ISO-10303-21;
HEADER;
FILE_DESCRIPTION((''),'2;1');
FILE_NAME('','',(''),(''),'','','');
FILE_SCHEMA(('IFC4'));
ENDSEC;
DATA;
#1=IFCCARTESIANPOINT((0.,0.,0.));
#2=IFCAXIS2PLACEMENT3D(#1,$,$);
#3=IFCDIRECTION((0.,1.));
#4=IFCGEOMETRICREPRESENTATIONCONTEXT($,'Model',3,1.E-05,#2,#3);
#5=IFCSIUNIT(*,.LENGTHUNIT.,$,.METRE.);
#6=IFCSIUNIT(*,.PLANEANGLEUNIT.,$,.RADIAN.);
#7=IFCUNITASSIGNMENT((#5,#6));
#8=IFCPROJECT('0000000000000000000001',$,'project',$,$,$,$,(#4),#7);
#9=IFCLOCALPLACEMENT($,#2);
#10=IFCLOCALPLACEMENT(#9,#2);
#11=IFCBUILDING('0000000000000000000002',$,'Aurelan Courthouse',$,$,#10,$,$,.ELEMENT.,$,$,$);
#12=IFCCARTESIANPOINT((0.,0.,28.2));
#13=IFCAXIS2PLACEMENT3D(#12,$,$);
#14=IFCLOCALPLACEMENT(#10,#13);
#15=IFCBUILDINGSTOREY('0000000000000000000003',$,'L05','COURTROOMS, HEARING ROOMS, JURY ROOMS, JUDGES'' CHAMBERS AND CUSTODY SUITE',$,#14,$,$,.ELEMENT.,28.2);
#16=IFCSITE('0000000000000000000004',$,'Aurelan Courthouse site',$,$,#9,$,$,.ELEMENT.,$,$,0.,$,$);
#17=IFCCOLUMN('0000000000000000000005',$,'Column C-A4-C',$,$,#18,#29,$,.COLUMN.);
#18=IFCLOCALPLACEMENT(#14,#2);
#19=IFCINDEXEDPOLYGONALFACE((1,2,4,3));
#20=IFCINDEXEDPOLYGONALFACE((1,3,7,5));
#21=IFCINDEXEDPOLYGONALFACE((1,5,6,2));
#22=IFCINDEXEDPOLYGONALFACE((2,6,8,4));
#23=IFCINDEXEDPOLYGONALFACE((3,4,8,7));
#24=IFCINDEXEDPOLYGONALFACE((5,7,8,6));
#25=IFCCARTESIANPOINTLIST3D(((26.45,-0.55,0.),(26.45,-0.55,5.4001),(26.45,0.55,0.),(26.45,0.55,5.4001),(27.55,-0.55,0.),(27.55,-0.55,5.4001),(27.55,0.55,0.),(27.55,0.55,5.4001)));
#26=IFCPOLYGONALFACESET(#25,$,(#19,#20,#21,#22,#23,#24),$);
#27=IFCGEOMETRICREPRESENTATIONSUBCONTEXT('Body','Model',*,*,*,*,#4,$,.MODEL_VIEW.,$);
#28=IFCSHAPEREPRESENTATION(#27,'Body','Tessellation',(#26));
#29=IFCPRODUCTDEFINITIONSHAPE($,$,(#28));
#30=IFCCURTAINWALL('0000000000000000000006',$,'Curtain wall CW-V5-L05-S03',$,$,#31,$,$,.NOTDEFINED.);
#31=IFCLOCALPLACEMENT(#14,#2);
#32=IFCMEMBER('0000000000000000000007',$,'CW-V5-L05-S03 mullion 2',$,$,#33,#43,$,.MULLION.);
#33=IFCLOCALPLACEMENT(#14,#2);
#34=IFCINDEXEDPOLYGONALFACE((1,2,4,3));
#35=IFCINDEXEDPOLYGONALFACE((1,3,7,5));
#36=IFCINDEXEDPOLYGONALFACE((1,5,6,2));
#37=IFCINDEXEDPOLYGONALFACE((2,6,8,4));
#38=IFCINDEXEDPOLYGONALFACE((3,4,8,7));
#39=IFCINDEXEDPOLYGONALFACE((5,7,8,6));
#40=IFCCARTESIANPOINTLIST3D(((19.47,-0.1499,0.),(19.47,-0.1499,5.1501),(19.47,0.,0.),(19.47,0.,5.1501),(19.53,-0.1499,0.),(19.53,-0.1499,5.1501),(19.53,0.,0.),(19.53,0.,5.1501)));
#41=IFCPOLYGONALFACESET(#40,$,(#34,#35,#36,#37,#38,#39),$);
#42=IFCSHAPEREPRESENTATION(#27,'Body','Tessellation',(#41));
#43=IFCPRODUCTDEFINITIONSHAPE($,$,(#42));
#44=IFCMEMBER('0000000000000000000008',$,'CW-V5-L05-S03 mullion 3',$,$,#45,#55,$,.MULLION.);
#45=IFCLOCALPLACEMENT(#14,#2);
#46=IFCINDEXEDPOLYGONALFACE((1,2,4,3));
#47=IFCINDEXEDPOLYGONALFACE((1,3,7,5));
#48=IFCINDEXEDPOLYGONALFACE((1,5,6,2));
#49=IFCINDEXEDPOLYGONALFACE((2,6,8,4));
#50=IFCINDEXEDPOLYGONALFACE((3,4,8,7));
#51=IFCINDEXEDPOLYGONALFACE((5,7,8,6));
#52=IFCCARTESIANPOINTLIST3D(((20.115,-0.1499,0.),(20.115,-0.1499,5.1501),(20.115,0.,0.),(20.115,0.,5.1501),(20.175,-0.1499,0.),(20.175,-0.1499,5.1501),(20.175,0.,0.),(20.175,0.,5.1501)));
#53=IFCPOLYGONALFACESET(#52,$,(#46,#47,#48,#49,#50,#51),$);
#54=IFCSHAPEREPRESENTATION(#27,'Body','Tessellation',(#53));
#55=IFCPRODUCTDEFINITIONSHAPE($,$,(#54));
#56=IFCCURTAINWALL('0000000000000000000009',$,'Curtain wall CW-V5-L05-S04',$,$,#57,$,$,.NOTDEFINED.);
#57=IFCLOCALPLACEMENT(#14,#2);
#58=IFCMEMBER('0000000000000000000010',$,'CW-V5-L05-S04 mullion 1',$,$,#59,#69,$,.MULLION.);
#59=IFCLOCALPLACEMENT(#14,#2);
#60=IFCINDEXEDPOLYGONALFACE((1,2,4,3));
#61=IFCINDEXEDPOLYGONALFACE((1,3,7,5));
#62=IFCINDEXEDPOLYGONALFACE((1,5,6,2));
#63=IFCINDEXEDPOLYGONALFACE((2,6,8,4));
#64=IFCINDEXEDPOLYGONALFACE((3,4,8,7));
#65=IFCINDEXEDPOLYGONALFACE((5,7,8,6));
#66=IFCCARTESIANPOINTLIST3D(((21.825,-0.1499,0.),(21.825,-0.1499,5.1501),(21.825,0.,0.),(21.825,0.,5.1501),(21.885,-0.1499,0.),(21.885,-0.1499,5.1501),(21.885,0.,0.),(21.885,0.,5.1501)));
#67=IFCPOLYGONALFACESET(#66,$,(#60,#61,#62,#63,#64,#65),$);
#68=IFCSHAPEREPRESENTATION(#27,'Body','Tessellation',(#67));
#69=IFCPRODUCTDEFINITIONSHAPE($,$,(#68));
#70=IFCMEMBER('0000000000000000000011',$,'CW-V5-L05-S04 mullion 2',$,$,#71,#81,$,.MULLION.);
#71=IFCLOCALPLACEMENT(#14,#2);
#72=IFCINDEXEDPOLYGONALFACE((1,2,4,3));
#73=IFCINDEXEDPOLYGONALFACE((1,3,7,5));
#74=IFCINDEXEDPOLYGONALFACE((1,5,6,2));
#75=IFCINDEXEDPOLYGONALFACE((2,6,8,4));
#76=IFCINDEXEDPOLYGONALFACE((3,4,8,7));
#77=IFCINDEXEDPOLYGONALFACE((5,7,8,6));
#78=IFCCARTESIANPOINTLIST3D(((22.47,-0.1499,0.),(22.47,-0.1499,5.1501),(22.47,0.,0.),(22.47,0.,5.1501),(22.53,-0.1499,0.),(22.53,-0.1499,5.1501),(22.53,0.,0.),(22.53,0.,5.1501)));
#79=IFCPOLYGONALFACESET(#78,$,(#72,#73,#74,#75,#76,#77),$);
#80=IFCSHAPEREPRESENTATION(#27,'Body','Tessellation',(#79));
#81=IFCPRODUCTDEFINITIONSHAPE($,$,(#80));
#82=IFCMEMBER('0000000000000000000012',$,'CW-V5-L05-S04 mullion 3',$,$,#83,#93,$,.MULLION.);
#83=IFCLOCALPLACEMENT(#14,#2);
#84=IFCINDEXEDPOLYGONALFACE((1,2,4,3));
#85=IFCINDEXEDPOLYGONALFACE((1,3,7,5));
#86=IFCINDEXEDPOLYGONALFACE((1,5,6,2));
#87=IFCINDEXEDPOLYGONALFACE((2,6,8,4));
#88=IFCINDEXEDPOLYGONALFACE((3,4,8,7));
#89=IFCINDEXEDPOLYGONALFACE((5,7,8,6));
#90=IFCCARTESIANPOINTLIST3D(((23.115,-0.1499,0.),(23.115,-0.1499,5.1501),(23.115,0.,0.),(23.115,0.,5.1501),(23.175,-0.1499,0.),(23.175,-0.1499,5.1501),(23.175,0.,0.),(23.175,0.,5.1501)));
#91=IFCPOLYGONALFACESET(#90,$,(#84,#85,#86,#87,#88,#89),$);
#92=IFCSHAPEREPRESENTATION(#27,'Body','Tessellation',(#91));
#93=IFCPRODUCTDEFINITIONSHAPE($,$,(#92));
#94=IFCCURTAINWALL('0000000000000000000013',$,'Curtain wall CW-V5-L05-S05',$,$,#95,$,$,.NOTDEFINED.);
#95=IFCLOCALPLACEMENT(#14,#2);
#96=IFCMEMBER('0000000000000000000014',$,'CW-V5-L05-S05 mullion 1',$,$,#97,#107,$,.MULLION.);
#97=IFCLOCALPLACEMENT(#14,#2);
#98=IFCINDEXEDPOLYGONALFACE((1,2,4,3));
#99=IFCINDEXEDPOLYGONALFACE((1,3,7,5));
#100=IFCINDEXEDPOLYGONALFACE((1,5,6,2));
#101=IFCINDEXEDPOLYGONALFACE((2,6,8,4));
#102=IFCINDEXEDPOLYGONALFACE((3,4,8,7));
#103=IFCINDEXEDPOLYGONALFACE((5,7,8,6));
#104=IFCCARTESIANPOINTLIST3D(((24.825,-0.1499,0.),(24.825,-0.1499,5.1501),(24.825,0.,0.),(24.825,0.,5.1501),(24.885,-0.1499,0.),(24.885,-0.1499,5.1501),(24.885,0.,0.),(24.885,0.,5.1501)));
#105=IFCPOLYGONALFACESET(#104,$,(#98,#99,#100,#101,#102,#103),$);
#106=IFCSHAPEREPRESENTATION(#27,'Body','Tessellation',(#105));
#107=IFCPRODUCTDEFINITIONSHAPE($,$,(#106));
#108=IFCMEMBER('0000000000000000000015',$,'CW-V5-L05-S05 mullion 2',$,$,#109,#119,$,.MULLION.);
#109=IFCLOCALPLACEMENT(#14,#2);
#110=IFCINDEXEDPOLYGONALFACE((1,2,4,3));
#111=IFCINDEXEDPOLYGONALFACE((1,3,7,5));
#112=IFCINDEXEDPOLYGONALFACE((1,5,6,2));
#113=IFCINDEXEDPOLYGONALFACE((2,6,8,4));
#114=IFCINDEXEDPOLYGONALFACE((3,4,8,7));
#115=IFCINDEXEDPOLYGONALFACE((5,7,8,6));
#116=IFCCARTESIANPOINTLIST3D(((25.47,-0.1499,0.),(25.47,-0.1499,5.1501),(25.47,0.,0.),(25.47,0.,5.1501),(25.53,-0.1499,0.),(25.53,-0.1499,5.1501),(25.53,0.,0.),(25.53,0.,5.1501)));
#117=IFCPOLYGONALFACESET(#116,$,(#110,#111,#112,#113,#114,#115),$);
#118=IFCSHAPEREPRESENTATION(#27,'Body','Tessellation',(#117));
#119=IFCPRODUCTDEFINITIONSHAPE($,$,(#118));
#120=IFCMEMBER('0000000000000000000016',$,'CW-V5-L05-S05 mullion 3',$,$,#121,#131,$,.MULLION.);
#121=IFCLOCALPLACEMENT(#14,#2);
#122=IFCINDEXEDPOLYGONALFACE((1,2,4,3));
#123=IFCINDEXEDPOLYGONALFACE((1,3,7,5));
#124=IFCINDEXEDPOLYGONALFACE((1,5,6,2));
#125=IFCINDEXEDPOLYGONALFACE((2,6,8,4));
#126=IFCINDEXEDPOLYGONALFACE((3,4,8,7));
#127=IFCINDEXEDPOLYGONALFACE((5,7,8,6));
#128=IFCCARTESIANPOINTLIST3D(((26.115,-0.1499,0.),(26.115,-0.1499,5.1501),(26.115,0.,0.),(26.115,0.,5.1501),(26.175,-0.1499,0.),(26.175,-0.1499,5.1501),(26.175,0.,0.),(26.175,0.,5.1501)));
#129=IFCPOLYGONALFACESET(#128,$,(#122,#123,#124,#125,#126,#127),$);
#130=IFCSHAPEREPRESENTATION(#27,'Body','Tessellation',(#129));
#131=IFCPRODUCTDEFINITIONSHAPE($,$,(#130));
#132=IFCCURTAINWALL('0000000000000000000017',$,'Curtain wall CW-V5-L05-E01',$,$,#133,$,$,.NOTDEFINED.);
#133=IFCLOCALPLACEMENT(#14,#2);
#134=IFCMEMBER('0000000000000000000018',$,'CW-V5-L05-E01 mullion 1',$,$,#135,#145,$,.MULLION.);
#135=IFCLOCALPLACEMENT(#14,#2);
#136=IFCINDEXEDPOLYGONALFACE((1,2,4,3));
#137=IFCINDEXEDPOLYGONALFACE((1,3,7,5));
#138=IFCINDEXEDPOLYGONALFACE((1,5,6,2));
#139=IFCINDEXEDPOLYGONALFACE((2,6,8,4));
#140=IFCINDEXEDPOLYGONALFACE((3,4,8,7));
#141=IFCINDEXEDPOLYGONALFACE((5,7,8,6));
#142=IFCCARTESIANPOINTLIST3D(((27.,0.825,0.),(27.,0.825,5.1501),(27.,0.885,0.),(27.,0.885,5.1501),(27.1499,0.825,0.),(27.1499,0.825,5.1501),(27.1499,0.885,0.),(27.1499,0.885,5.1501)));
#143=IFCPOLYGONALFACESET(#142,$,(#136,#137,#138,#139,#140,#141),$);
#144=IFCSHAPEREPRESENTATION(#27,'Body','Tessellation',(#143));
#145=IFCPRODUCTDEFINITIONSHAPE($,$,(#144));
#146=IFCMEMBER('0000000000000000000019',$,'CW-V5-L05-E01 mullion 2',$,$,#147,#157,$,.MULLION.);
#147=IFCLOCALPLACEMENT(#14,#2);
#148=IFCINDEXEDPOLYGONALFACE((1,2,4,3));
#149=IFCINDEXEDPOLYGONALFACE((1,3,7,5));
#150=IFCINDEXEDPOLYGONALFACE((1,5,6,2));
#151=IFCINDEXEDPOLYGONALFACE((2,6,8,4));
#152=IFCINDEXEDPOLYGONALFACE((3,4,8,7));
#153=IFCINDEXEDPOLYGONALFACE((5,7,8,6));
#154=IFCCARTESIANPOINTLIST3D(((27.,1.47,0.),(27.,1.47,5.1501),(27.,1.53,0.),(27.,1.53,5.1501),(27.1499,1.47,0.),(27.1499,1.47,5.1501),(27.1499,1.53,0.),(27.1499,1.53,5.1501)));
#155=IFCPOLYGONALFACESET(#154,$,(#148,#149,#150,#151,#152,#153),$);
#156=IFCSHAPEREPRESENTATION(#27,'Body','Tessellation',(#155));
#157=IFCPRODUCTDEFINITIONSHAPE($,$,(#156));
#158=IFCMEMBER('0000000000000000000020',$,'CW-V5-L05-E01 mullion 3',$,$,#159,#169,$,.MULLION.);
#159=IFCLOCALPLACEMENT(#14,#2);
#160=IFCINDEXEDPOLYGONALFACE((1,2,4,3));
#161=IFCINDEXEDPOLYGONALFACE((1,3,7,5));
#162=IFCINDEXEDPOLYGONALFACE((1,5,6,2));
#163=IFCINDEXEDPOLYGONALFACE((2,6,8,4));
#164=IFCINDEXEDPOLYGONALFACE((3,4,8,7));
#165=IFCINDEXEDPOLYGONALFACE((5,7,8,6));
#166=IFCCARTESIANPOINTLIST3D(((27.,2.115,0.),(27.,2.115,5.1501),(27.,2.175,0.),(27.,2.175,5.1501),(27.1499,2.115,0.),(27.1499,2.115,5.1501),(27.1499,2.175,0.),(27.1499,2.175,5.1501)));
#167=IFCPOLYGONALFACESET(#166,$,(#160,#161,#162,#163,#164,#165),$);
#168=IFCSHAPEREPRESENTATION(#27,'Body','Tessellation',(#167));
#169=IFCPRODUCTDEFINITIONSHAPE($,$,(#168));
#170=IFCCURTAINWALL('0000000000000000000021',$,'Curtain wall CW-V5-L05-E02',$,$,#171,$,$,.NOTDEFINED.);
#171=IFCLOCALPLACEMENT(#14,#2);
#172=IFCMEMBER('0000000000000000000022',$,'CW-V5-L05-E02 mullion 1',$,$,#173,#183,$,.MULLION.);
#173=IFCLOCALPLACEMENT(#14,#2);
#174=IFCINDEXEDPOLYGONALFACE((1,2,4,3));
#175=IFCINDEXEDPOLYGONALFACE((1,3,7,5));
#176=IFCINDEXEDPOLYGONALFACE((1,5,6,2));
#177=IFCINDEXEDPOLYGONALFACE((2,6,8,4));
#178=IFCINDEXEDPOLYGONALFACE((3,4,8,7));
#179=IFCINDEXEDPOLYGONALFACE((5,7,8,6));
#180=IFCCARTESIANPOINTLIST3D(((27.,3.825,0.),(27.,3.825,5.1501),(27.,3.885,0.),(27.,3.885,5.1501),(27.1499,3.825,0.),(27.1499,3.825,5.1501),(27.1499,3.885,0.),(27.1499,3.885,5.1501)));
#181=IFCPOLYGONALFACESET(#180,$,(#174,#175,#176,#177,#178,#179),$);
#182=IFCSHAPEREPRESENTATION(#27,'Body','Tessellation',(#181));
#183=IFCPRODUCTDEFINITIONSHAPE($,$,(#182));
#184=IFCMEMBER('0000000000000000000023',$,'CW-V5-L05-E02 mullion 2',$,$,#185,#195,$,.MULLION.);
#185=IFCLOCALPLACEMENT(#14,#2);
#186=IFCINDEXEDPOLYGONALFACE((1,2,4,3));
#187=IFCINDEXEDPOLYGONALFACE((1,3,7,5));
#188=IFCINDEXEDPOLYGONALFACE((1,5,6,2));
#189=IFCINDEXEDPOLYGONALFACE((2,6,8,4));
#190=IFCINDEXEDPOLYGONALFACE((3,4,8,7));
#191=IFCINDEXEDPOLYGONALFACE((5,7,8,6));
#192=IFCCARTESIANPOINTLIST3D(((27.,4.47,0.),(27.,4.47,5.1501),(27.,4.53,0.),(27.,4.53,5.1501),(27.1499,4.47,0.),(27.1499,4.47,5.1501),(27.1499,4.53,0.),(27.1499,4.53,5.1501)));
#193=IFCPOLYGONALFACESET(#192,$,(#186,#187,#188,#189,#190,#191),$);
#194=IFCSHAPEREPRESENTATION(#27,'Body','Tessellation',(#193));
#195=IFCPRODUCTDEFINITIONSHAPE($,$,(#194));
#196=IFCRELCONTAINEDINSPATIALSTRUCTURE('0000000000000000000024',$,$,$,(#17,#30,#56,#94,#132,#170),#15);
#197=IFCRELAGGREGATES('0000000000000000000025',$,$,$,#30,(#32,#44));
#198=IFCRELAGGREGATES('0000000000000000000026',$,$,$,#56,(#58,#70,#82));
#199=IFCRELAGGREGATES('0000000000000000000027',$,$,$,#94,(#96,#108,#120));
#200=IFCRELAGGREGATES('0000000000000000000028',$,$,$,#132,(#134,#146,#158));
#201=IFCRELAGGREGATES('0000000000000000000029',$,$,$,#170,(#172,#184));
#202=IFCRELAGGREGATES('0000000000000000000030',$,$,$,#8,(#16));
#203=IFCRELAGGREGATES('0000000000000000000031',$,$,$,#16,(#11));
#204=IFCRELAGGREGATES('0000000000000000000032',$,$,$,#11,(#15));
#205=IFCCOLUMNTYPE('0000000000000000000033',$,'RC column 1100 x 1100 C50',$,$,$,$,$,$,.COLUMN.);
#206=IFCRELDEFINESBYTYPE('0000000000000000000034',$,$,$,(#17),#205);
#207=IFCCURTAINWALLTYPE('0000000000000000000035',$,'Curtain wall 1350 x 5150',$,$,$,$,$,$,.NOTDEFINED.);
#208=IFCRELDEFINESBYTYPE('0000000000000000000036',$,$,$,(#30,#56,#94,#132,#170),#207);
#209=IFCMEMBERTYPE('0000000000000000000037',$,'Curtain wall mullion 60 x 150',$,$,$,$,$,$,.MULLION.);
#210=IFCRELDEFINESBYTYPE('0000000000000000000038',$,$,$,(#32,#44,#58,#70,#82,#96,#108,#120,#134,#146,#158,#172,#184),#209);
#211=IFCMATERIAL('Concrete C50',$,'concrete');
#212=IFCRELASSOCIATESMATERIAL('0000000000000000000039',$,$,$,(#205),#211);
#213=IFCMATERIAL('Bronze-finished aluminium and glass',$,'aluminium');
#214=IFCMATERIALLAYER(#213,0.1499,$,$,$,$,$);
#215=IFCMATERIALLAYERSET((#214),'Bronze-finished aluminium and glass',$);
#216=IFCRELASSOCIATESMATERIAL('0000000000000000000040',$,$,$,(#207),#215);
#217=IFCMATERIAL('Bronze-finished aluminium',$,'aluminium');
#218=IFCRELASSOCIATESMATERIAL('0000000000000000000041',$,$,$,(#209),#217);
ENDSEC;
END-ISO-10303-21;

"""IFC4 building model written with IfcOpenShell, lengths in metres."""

from ifc_helpers import new_model, si_unit, direction, frame, origin, origin_2d, place, context, subcontext, project, spatial, rectangle, extrude, material, layer, layer_set, material_profile, profile_set, type_object, element, aggregate, save


model = new_model("IFC4")

# Units and contexts
model_context = context("Model", 3, precision=1e-05, world=origin(), true_north=direction((0.0, 1.0)))
body_context = subcontext(model_context, "Body", "Model", "MODEL_VIEW")
ifc_project = project(units=[si_unit("LENGTHUNIT", "METRE"), si_unit("PLANEANGLEUNIT", "RADIAN")], contexts=[model_context])

# Site, building, storey
site_placement = place(None, origin())
site = spatial("IfcSite", under=ifc_project, at=site_placement, Name="Aurelan Courthouse site", CompositionType="ELEMENT", RefElevation=0.0)
building_placement = place(site_placement, origin())
building = spatial("IfcBuilding", under=site, at=building_placement, Name="Aurelan Courthouse", CompositionType="ELEMENT")
storey_placement = place(building_placement, frame((0.0, 0.0, 28.2)))
storey = spatial("IfcBuildingStorey", under=building, at=storey_placement, Name="L05", Description="COURTROOMS, HEARING ROOMS, JURY ROOMS, JUDGES' CHAMBERS AND CUSTODY SUITE", CompositionType="ELEMENT", Elevation=28.2)

# Column
ifc_material_1 = material(Name="Concrete C50", Category="concrete")
ifc_material_profile_1 = material_profile(ifc_material_1, rectangle(XDim=1.1001, YDim=1.1001, at=origin_2d()), Name="RC 1100 x 1100")
ifc_profile_set_1 = profile_set([ifc_material_profile_1], Name="Concrete C50")
column_type = type_object("IfcColumnType", Name="RC column 1100 x 1100 C50", PredefinedType="COLUMN", material=ifc_profile_set_1)
column_placement = place(storey_placement, frame((27.0, 0.0, 0.0), z_axis=(0.0, 0.0, 1.0), x_axis=(1.0, 0.0, 0.0)))
element("IfcColumn", 1, at=column_placement, inside=storey, type_object=column_type, Name="Column C-A4-C", PredefinedType="COLUMN", context=body_context, shape_type="SweptSolid", body=[
    extrude(rectangle(XDim=1.1001, YDim=1.1001, at=origin_2d()), origin(), (0.0, 0.0, 1.0), 5.4001),
])

# Curtain walls, members
ifc_material_2 = material(Name="Bronze-finished aluminium and glass", Category="aluminium")
ifc_layer_1 = layer(ifc_material_2, 0.1499)
ifc_layer_set_1 = layer_set([ifc_layer_1], Name="Bronze-finished aluminium and glass")
curtain_wall_type = type_object("IfcCurtainWallType", Name="Curtain wall 1350 x 5150", PredefinedType="NOTDEFINED", material=ifc_layer_set_1)
curtain_wall_1_placement = place(storey_placement, origin())
curtain_wall_1 = element("IfcCurtainWall", 2, at=curtain_wall_1_placement, inside=storey, type_object=curtain_wall_type, Name="Curtain wall CW-V5-L05-S03", PredefinedType="NOTDEFINED")
ifc_material_3 = material(Name="Bronze-finished aluminium", Category="aluminium")
ifc_material_profile_2 = material_profile(ifc_material_3, rectangle(XDim=0.1499, YDim=0.0601, at=origin_2d()), Name="Bronze mullion 60 x 150")
ifc_profile_set_2 = profile_set([ifc_material_profile_2], Name="Bronze-finished aluminium")
member_type = type_object("IfcMemberType", Name="Curtain wall mullion 60 x 150", PredefinedType="MULLION", material=ifc_profile_set_2)
member_1_placement = place(storey_placement, frame((19.5, -0.075, 0.0), z_axis=(0.0, 0.0, 1.0), x_axis=(0.0, 1.0, 0.0)))
member_1 = element("IfcMember", 3, at=member_1_placement, type_object=member_type, Name="CW-V5-L05-S03 mullion 2", PredefinedType="MULLION", context=body_context, shape_type="SweptSolid", body=[
    extrude(rectangle(XDim=0.1499, YDim=0.0601, at=origin_2d()), origin(), (0.0, 0.0, 1.0), 5.1501),
])
member_2_placement = place(storey_placement, frame((20.145, -0.075, 0.0), z_axis=(0.0, 0.0, 1.0), x_axis=(0.0, 1.0, 0.0)))
member_2 = element("IfcMember", 4, at=member_2_placement, type_object=member_type, Name="CW-V5-L05-S03 mullion 3", PredefinedType="MULLION", context=body_context, shape_type="SweptSolid", body=[
    extrude(rectangle(XDim=0.1499, YDim=0.0601, at=origin_2d()), origin(), (0.0, 0.0, 1.0), 5.1501),
])
aggregate(curtain_wall_1, [member_1, member_2])
curtain_wall_2_placement = place(storey_placement, origin())
curtain_wall_2 = element("IfcCurtainWall", 5, at=curtain_wall_2_placement, inside=storey, type_object=curtain_wall_type, Name="Curtain wall CW-V5-L05-S04", PredefinedType="NOTDEFINED")
member_3_placement = place(storey_placement, frame((21.855, -0.075, 0.0), z_axis=(0.0, 0.0, 1.0), x_axis=(0.0, 1.0, 0.0)))
member_3 = element("IfcMember", 6, at=member_3_placement, type_object=member_type, Name="CW-V5-L05-S04 mullion 1", PredefinedType="MULLION", context=body_context, shape_type="SweptSolid", body=[
    extrude(rectangle(XDim=0.1499, YDim=0.0601, at=origin_2d()), origin(), (0.0, 0.0, 1.0), 5.1501),
])
member_4_placement = place(storey_placement, frame((22.5, -0.075, 0.0), z_axis=(0.0, 0.0, 1.0), x_axis=(0.0, 1.0, 0.0)))
member_4 = element("IfcMember", 7, at=member_4_placement, type_object=member_type, Name="CW-V5-L05-S04 mullion 2", PredefinedType="MULLION", context=body_context, shape_type="SweptSolid", body=[
    extrude(rectangle(XDim=0.1499, YDim=0.0601, at=origin_2d()), origin(), (0.0, 0.0, 1.0), 5.1501),
])
member_5_placement = place(storey_placement, frame((23.145, -0.075, 0.0), z_axis=(0.0, 0.0, 1.0), x_axis=(0.0, 1.0, 0.0)))
member_5 = element("IfcMember", 8, at=member_5_placement, type_object=member_type, Name="CW-V5-L05-S04 mullion 3", PredefinedType="MULLION", context=body_context, shape_type="SweptSolid", body=[
    extrude(rectangle(XDim=0.1499, YDim=0.0601, at=origin_2d()), origin(), (0.0, 0.0, 1.0), 5.1501),
])
aggregate(curtain_wall_2, [member_3, member_4, member_5])
curtain_wall_3_placement = place(storey_placement, origin())
curtain_wall_3 = element("IfcCurtainWall", 9, at=curtain_wall_3_placement, inside=storey, type_object=curtain_wall_type, Name="Curtain wall CW-V5-L05-S05", PredefinedType="NOTDEFINED")
member_6_placement = place(storey_placement, frame((24.855, -0.075, 0.0), z_axis=(0.0, 0.0, 1.0), x_axis=(0.0, 1.0, 0.0)))
member_6 = element("IfcMember", 10, at=member_6_placement, type_object=member_type, Name="CW-V5-L05-S05 mullion 1", PredefinedType="MULLION", context=body_context, shape_type="SweptSolid", body=[
    extrude(rectangle(XDim=0.1499, YDim=0.0601, at=origin_2d()), origin(), (0.0, 0.0, 1.0), 5.1501),
])
member_7_placement = place(storey_placement, frame((25.5, -0.075, 0.0), z_axis=(0.0, 0.0, 1.0), x_axis=(0.0, 1.0, 0.0)))
member_7 = element("IfcMember", 11, at=member_7_placement, type_object=member_type, Name="CW-V5-L05-S05 mullion 2", PredefinedType="MULLION", context=body_context, shape_type="SweptSolid", body=[
    extrude(rectangle(XDim=0.1499, YDim=0.0601, at=origin_2d()), origin(), (0.0, 0.0, 1.0), 5.1501),
])
member_8_placement = place(storey_placement, frame((26.145, -0.075, 0.0), z_axis=(0.0, 0.0, 1.0), x_axis=(0.0, 1.0, 0.0)))
member_8 = element("IfcMember", 12, at=member_8_placement, type_object=member_type, Name="CW-V5-L05-S05 mullion 3", PredefinedType="MULLION", context=body_context, shape_type="SweptSolid", body=[
    extrude(rectangle(XDim=0.1499, YDim=0.0601, at=origin_2d()), origin(), (0.0, 0.0, 1.0), 5.1501),
])
aggregate(curtain_wall_3, [member_6, member_7, member_8])
curtain_wall_4_placement = place(storey_placement, origin())
curtain_wall_4 = element("IfcCurtainWall", 13, at=curtain_wall_4_placement, inside=storey, type_object=curtain_wall_type, Name="Curtain wall CW-V5-L05-E01", PredefinedType="NOTDEFINED")
member_9_placement = place(storey_placement, frame((27.075, 0.855, 0.0), z_axis=(0.0, 0.0, 1.0), x_axis=(-1.0, 0.0, 0.0)))
member_9 = element("IfcMember", 14, at=member_9_placement, type_object=member_type, Name="CW-V5-L05-E01 mullion 1", PredefinedType="MULLION", context=body_context, shape_type="SweptSolid", body=[
    extrude(rectangle(XDim=0.1499, YDim=0.0601, at=origin_2d()), origin(), (0.0, 0.0, 1.0), 5.1501),
])
member_10_placement = place(storey_placement, frame((27.075, 1.5, 0.0), z_axis=(0.0, 0.0, 1.0), x_axis=(-1.0, 0.0, 0.0)))
member_10 = element("IfcMember", 15, at=member_10_placement, type_object=member_type, Name="CW-V5-L05-E01 mullion 2", PredefinedType="MULLION", context=body_context, shape_type="SweptSolid", body=[
    extrude(rectangle(XDim=0.1499, YDim=0.0601, at=origin_2d()), origin(), (0.0, 0.0, 1.0), 5.1501),
])
member_11_placement = place(storey_placement, frame((27.075, 2.145, 0.0), z_axis=(0.0, 0.0, 1.0), x_axis=(-1.0, 0.0, 0.0)))
member_11 = element("IfcMember", 16, at=member_11_placement, type_object=member_type, Name="CW-V5-L05-E01 mullion 3", PredefinedType="MULLION", context=body_context, shape_type="SweptSolid", body=[
    extrude(rectangle(XDim=0.1499, YDim=0.0601, at=origin_2d()), origin(), (0.0, 0.0, 1.0), 5.1501),
])
aggregate(curtain_wall_4, [member_9, member_10, member_11])
curtain_wall_5_placement = place(storey_placement, origin())
curtain_wall_5 = element("IfcCurtainWall", 17, at=curtain_wall_5_placement, inside=storey, type_object=curtain_wall_type, Name="Curtain wall CW-V5-L05-E02", PredefinedType="NOTDEFINED")
member_12_placement = place(storey_placement, frame((27.075, 3.855, 0.0), z_axis=(0.0, 0.0, 1.0), x_axis=(-1.0, 0.0, 0.0)))
member_12 = element("IfcMember", 18, at=member_12_placement, type_object=member_type, Name="CW-V5-L05-E02 mullion 1", PredefinedType="MULLION", context=body_context, shape_type="SweptSolid", body=[
    extrude(rectangle(XDim=0.1499, YDim=0.0601, at=origin_2d()), origin(), (0.0, 0.0, 1.0), 5.1501),
])
member_13_placement = place(storey_placement, frame((27.075, 4.5, 0.0), z_axis=(0.0, 0.0, 1.0), x_axis=(-1.0, 0.0, 0.0)))
member_13 = element("IfcMember", 19, at=member_13_placement, type_object=member_type, Name="CW-V5-L05-E02 mullion 2", PredefinedType="MULLION", context=body_context, shape_type="SweptSolid", body=[
    extrude(rectangle(XDim=0.1499, YDim=0.0601, at=origin_2d()), origin(), (0.0, 0.0, 1.0), 5.1501),
])
aggregate(curtain_wall_5, [member_12, member_13])

save(model, "model.ifc")
